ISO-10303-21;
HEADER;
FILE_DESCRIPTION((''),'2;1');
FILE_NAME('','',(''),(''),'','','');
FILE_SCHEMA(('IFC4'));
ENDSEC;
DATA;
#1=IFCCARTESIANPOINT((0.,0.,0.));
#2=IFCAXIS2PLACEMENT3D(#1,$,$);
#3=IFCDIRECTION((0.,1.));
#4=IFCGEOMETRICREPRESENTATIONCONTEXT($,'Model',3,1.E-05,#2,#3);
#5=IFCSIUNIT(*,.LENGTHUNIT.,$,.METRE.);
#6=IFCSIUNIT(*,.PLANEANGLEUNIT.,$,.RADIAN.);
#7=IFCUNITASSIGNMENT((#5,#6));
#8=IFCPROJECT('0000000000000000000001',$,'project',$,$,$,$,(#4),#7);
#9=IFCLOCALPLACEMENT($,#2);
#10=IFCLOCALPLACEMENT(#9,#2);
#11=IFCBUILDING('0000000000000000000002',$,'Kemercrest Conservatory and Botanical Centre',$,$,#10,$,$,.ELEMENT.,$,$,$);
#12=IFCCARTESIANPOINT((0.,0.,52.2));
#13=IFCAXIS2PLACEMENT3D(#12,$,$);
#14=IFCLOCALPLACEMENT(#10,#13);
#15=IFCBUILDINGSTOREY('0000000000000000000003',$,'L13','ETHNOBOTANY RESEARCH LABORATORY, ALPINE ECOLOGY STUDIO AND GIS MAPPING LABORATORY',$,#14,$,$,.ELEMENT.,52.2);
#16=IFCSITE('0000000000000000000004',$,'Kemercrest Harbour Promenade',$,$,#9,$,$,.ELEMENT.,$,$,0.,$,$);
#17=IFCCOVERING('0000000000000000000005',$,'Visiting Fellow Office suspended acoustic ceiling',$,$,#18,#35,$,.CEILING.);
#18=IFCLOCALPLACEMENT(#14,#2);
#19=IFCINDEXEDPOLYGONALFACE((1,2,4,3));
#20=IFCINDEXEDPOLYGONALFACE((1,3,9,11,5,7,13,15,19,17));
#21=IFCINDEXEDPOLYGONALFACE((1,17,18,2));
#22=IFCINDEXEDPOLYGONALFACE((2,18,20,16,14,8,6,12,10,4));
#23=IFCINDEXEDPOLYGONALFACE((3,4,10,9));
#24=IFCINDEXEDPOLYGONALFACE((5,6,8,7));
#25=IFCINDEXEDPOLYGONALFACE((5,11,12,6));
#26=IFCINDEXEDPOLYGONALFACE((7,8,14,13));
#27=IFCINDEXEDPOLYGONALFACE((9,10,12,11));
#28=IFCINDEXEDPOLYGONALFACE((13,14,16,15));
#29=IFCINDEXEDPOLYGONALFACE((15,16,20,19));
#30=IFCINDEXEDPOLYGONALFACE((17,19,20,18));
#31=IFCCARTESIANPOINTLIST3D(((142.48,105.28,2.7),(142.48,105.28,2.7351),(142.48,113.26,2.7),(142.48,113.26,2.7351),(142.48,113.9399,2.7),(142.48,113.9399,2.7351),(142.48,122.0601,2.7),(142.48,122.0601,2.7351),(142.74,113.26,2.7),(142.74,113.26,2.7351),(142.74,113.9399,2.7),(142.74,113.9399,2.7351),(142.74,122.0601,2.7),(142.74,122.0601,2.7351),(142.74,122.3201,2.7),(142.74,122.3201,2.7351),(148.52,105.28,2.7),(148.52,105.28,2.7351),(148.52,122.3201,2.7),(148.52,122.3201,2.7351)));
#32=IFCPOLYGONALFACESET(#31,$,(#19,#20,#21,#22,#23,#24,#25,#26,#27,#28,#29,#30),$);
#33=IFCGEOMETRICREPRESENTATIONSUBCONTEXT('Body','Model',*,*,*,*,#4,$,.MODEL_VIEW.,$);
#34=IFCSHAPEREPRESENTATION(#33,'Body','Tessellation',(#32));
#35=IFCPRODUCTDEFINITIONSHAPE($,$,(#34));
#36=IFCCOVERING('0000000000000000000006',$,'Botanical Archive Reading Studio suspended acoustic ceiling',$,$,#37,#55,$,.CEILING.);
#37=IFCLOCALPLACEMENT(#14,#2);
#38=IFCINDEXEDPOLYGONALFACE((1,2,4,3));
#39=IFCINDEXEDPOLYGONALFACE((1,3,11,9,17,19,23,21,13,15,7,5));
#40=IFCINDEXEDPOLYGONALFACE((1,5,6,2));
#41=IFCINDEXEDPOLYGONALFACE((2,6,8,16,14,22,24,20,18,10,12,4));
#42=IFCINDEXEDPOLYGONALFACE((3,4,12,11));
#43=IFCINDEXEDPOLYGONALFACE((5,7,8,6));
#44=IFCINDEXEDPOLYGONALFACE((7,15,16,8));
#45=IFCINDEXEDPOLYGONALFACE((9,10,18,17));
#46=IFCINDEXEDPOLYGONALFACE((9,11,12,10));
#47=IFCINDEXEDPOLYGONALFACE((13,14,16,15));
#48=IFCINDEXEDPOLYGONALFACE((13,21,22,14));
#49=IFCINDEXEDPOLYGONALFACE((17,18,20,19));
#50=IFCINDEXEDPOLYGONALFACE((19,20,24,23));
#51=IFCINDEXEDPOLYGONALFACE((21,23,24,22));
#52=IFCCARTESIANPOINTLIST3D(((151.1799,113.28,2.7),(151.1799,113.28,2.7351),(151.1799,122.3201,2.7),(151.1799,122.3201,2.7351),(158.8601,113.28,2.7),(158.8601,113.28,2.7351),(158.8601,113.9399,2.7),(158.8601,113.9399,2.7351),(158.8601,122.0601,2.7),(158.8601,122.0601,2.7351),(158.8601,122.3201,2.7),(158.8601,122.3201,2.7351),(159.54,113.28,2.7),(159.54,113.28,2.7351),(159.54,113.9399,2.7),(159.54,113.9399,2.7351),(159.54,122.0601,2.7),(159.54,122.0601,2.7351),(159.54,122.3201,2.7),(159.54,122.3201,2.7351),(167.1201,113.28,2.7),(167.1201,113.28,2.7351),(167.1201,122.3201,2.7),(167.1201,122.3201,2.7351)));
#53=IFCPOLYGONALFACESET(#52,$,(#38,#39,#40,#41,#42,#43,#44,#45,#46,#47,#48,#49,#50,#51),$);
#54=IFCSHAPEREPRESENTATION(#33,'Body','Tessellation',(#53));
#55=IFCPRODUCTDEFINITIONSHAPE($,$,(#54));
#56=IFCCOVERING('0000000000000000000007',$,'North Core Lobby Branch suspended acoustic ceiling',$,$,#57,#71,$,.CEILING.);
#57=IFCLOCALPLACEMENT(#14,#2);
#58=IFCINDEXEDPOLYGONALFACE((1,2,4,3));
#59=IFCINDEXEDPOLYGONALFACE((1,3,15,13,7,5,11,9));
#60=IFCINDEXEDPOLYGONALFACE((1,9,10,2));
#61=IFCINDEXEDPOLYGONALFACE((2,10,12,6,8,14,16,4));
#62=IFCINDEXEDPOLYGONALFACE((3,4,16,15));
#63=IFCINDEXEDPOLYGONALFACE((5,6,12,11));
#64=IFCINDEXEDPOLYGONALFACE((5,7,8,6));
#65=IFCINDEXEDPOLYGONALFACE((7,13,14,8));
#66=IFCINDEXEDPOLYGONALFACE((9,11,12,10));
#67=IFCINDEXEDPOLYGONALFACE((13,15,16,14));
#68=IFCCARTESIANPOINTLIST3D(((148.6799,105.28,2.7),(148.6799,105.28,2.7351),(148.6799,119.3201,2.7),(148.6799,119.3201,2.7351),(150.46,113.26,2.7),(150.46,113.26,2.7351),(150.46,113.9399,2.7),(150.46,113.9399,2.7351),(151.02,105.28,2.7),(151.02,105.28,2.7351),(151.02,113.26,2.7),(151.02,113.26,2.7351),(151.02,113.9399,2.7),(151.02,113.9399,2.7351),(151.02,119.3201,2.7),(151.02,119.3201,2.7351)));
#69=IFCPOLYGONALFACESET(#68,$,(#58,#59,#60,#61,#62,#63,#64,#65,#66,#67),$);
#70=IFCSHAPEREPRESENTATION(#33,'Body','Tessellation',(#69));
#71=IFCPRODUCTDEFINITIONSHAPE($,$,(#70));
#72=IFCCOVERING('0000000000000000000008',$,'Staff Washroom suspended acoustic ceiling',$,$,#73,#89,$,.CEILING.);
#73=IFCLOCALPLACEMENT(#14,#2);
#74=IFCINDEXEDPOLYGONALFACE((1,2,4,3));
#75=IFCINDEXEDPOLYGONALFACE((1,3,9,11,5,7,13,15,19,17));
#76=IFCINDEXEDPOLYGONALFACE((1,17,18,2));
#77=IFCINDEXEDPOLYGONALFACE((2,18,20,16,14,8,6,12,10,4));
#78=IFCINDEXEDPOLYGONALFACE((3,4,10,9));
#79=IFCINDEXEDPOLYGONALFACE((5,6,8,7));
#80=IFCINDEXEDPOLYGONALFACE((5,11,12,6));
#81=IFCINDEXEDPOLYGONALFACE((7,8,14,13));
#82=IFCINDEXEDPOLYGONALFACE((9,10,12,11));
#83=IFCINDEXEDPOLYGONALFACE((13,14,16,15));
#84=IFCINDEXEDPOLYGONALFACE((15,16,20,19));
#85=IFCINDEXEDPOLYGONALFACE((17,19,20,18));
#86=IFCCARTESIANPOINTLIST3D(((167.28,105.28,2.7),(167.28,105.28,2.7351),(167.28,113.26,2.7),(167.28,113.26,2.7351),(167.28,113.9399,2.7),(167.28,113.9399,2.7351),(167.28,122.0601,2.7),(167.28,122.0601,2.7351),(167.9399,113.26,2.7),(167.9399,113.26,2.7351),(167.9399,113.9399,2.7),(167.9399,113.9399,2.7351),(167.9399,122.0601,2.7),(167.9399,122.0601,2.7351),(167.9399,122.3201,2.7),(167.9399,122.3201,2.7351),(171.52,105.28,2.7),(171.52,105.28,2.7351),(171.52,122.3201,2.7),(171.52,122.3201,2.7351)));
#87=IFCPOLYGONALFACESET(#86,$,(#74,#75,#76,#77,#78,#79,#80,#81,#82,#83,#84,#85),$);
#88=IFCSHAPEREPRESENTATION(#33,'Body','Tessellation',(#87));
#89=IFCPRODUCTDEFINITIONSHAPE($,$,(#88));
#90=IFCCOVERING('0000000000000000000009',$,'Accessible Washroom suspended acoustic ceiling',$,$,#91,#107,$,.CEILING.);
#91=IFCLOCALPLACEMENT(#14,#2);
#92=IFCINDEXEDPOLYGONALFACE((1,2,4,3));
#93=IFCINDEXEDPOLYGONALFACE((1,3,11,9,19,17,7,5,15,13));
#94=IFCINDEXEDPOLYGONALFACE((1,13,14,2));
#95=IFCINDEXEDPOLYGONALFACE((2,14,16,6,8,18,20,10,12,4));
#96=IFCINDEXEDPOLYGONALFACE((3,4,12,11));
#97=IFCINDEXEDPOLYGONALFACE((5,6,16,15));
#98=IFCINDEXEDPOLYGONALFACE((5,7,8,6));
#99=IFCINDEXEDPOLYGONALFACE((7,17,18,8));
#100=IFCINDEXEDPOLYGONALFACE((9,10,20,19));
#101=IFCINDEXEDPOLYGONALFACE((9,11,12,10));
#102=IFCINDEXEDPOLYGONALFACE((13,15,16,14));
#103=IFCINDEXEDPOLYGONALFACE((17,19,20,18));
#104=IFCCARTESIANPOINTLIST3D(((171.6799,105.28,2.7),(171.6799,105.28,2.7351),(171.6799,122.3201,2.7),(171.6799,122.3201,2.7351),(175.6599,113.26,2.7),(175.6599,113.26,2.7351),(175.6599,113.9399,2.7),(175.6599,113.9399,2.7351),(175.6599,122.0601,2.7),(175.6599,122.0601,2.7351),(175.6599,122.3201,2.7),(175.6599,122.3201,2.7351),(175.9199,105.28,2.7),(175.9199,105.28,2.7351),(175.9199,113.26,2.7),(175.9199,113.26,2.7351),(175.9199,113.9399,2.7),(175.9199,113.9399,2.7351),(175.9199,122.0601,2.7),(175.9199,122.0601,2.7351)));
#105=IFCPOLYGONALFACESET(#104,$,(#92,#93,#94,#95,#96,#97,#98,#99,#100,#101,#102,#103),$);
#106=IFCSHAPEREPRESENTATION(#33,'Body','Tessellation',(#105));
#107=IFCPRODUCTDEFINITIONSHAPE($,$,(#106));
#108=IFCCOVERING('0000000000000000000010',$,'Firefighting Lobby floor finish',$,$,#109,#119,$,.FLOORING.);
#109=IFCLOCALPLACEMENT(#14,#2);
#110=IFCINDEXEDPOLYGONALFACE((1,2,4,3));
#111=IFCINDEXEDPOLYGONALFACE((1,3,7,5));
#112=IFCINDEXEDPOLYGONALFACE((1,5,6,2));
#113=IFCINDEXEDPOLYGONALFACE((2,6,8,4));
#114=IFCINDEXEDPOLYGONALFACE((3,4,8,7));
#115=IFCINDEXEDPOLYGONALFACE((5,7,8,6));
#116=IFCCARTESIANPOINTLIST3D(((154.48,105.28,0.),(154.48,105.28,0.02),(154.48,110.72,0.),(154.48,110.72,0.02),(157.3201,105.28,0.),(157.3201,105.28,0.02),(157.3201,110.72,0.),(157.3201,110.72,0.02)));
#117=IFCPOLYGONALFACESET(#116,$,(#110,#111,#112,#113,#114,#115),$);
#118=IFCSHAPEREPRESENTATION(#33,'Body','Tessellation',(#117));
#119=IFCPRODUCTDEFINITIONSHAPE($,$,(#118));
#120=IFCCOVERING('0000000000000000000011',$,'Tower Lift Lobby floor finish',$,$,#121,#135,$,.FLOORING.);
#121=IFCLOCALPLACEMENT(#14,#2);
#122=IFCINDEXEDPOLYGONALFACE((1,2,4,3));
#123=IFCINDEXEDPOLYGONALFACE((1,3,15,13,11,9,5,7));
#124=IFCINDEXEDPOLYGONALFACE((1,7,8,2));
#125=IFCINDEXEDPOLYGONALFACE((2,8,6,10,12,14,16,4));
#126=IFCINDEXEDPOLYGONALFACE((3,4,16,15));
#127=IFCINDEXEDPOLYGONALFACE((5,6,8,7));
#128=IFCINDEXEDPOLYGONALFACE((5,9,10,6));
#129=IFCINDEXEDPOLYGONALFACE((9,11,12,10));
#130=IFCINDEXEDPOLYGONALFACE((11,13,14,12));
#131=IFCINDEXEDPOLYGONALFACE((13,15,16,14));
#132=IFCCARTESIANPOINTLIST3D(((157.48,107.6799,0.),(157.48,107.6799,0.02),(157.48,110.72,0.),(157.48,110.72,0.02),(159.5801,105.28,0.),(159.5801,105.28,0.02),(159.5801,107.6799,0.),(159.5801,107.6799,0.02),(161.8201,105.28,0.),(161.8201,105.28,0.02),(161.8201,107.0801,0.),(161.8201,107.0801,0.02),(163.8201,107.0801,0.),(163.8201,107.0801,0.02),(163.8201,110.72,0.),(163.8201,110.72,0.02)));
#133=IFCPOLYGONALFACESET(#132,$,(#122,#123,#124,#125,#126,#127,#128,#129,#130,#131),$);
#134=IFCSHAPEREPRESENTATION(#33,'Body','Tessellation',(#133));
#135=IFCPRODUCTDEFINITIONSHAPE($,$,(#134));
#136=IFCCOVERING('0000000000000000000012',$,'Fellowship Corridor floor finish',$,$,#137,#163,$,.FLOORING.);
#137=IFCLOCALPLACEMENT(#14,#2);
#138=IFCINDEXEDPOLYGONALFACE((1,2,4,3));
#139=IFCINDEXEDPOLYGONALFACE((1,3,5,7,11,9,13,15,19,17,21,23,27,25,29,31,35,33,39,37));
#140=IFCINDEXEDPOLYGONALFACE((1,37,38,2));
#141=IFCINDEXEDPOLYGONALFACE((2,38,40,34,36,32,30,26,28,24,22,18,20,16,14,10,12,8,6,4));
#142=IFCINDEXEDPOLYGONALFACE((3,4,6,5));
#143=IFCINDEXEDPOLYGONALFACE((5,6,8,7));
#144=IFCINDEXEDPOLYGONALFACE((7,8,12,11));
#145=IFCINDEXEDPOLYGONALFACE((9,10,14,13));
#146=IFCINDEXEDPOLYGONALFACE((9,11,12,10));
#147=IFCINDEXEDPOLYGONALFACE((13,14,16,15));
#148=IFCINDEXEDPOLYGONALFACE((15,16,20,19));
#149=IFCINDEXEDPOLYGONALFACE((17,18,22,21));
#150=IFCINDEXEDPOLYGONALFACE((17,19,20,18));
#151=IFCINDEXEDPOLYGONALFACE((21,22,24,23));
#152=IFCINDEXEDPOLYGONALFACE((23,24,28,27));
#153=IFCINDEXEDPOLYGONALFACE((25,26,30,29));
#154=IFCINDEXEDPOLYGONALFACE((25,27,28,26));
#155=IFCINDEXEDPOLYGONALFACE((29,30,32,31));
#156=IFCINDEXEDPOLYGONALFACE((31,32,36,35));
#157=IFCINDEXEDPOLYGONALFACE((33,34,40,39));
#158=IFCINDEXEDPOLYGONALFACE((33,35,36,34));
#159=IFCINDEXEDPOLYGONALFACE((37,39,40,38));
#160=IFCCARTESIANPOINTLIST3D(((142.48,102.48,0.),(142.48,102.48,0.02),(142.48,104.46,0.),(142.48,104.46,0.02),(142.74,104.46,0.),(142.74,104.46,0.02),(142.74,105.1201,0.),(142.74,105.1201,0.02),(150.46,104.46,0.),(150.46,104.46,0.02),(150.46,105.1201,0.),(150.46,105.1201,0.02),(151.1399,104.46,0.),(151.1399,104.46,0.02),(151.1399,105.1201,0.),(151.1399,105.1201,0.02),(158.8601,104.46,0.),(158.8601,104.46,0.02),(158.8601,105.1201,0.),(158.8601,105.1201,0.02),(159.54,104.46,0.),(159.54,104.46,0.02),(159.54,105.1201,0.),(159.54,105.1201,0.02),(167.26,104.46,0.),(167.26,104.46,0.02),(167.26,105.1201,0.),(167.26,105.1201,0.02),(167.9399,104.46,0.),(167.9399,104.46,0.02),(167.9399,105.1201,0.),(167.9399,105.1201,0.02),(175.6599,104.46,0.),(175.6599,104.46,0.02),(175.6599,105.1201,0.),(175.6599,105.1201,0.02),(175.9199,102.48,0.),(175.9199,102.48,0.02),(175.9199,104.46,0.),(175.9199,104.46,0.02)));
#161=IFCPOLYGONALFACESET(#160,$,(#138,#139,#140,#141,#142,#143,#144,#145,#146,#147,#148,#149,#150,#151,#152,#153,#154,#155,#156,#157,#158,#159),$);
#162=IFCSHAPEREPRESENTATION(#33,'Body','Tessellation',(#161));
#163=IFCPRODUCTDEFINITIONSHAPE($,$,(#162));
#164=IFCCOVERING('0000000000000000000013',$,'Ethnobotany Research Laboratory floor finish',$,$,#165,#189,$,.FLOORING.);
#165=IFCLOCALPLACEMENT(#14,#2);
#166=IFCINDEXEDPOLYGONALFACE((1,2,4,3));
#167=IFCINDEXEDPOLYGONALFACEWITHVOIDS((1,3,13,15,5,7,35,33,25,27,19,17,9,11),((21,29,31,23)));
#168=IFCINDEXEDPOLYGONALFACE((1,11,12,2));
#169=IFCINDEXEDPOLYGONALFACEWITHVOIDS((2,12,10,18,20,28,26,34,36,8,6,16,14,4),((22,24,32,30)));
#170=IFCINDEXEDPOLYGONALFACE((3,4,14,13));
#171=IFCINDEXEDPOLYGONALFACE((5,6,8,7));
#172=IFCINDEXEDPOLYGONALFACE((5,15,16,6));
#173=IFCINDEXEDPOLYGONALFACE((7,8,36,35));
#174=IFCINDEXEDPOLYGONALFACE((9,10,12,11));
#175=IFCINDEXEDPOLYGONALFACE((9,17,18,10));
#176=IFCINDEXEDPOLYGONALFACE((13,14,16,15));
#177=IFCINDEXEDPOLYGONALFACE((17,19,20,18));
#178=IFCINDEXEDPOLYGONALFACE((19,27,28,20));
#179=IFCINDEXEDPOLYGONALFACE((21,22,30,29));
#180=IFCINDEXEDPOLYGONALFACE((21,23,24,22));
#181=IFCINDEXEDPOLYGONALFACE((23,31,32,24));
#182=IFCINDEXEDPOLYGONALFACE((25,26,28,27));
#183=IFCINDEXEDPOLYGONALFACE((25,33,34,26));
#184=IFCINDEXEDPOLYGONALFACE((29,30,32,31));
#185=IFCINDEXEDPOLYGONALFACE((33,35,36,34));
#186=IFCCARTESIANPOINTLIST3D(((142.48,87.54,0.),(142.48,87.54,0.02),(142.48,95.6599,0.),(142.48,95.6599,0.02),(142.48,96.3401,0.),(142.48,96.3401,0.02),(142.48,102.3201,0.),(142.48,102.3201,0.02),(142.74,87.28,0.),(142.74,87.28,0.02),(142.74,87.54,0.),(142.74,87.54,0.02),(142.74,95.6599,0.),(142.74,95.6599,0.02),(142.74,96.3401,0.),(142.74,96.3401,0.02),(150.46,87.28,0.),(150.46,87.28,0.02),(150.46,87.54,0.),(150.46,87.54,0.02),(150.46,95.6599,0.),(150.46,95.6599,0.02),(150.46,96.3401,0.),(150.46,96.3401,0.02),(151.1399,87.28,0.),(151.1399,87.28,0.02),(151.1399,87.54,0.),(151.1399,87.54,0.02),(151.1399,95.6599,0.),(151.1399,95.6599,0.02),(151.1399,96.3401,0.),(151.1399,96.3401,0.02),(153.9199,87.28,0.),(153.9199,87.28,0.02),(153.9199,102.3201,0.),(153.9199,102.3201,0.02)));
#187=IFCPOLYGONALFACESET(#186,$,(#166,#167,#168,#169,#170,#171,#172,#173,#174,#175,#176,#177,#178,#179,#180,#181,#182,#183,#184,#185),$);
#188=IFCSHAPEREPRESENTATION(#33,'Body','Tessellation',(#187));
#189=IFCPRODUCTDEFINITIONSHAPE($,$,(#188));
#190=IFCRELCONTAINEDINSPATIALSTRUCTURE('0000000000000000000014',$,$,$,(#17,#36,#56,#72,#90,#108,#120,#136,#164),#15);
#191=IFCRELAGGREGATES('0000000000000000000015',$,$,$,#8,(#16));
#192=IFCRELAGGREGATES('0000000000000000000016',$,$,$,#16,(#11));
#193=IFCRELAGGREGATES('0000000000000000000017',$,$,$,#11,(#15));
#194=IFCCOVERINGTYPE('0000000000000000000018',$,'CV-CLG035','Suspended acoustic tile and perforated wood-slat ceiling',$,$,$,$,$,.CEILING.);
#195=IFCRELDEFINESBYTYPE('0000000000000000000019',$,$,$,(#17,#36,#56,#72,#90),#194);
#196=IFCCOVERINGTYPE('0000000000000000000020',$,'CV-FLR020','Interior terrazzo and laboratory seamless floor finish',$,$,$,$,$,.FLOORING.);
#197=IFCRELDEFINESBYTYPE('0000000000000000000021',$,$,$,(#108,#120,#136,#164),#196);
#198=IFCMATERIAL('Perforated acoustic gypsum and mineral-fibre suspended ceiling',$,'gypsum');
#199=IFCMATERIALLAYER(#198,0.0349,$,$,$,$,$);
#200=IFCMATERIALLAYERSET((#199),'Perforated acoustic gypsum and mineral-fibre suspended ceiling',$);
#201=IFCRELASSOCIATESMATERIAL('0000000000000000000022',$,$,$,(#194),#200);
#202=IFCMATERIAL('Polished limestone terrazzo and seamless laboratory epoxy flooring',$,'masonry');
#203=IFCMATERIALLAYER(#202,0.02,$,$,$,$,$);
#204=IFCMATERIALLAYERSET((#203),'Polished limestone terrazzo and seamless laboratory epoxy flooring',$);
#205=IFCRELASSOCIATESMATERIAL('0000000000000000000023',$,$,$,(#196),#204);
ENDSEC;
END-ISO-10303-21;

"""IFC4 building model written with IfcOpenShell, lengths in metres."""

from ifc_helpers import new_model, si_unit, direction, frame, origin, place, context, subcontext, project, spatial, polyline, outline, extrude, material, layer, layer_set, type_object, element, save


model = new_model("IFC4")

# Units and contexts
model_context = context("Model", 3, precision=1e-05, world=origin(), true_north=direction((0.0, 1.0)))
body_context = subcontext(model_context, "Body", "Model", "MODEL_VIEW")
ifc_project = project(units=[si_unit("LENGTHUNIT", "METRE"), si_unit("PLANEANGLEUNIT", "RADIAN")], contexts=[model_context])

# Site, building, storey
site_placement = place(None, origin())
site = spatial("IfcSite", under=ifc_project, at=site_placement, Name="Kemercrest Harbour Promenade", CompositionType="ELEMENT", RefElevation=0.0)
building_placement = place(site_placement, origin())
building = spatial("IfcBuilding", under=site, at=building_placement, Name="Kemercrest Conservatory and Botanical Centre", CompositionType="ELEMENT")
storey_placement = place(building_placement, frame((0.0, 0.0, 52.2)))
storey = spatial("IfcBuildingStorey", under=building, at=storey_placement, Name="L13", Description="ETHNOBOTANY RESEARCH LABORATORY, ALPINE ECOLOGY STUDIO AND GIS MAPPING LABORATORY", CompositionType="ELEMENT", Elevation=52.2)

# Coverings
ifc_material_1 = material(Name="Perforated acoustic gypsum and mineral-fibre suspended ceiling", Category="gypsum")
ifc_layer_1 = layer(ifc_material_1, 0.0349)
ifc_layer_set_1 = layer_set([ifc_layer_1], Name="Perforated acoustic gypsum and mineral-fibre suspended ceiling")
covering_type_1 = type_object("IfcCoveringType", Name="CV-CLG035", Description="Suspended acoustic tile and perforated wood-slat ceiling", PredefinedType="CEILING", material=ifc_layer_set_1)
covering_1_placement = place(storey_placement, frame((0.0, 0.0, 2.7)))
element("IfcCovering", 1, at=covering_1_placement, inside=storey, type_object=covering_type_1, Name="Visiting Fellow Office suspended acoustic ceiling", PredefinedType="CEILING", context=body_context, shape_type="SweptSolid", body=[
    extrude(outline(polyline([(142.48, 105.28), (148.52, 105.28), (148.52, 122.3201), (142.74, 122.3201), (142.74, 122.0601), (142.48, 122.0601), (142.48, 113.9399), (142.74, 113.9399), (142.74, 113.26), (142.48, 113.26), (142.48, 105.28)])), origin(), (0.0, 0.0, 1.0), 0.0352),
])
covering_2_placement = place(storey_placement, frame((0.0, 0.0, 2.7)))
element("IfcCovering", 2, at=covering_2_placement, inside=storey, type_object=covering_type_1, Name="Botanical Archive Reading Studio suspended acoustic ceiling", PredefinedType="CEILING", context=body_context, shape_type="SweptSolid", body=[
    extrude(outline(polyline([(159.54, 113.28), (167.1201, 113.28), (167.1201, 122.3201), (159.54, 122.3201), (159.54, 122.0601), (158.8601, 122.0601), (158.8601, 122.3201), (151.1799, 122.3201), (151.1799, 113.28), (158.8601, 113.28), (158.8601, 113.9399), (159.54, 113.9399), (159.54, 113.28)])), origin(), (0.0, 0.0, 1.0), 0.0352),
])
covering_3_placement = place(storey_placement, frame((0.0, 0.0, 2.7)))
element("IfcCovering", 3, at=covering_3_placement, inside=storey, type_object=covering_type_1, Name="North Core Lobby Branch suspended acoustic ceiling", PredefinedType="CEILING", context=body_context, shape_type="SweptSolid", body=[
    extrude(outline(polyline([(148.6799, 105.28), (151.02, 105.28), (151.02, 113.26), (150.46, 113.26), (150.46, 113.9399), (151.02, 113.9399), (151.02, 119.3201), (148.6799, 119.3201), (148.6799, 105.28)])), origin(), (0.0, 0.0, 1.0), 0.0352),
])
covering_4_placement = place(storey_placement, frame((0.0, 0.0, 2.7)))
element("IfcCovering", 4, at=covering_4_placement, inside=storey, type_object=covering_type_1, Name="Staff Washroom suspended acoustic ceiling", PredefinedType="CEILING", context=body_context, shape_type="SweptSolid", body=[
    extrude(outline(polyline([(167.28, 105.28), (171.52, 105.28), (171.52, 122.3201), (167.9399, 122.3201), (167.9399, 122.0601), (167.28, 122.0601), (167.28, 113.9399), (167.9399, 113.9399), (167.9399, 113.26), (167.28, 113.26), (167.28, 105.28)])), origin(), (0.0, 0.0, 1.0), 0.0352),
])
covering_5_placement = place(storey_placement, frame((0.0, 0.0, 2.7)))
element("IfcCovering", 5, at=covering_5_placement, inside=storey, type_object=covering_type_1, Name="Accessible Washroom suspended acoustic ceiling", PredefinedType="CEILING", context=body_context, shape_type="SweptSolid", body=[
    extrude(outline(polyline([(171.6799, 105.28), (175.9199, 105.28), (175.9199, 113.26), (175.6599, 113.26), (175.6599, 113.9399), (175.9199, 113.9399), (175.9199, 122.0601), (175.6599, 122.0601), (175.6599, 122.3201), (171.6799, 122.3201), (171.6799, 105.28)])), origin(), (0.0, 0.0, 1.0), 0.0352),
])
ifc_material_2 = material(Name="Polished limestone terrazzo and seamless laboratory epoxy flooring", Category="masonry")
ifc_layer_2 = layer(ifc_material_2, 0.02)
ifc_layer_set_2 = layer_set([ifc_layer_2], Name="Polished limestone terrazzo and seamless laboratory epoxy flooring")
covering_type_2 = type_object("IfcCoveringType", Name="CV-FLR020", Description="Interior terrazzo and laboratory seamless floor finish", PredefinedType="FLOORING", material=ifc_layer_set_2)
covering_6_placement = place(storey_placement, origin())
element("IfcCovering", 6, at=covering_6_placement, inside=storey, type_object=covering_type_2, Name="Firefighting Lobby floor finish", PredefinedType="FLOORING", context=body_context, shape_type="SweptSolid", body=[
    extrude(outline(polyline([(154.48, 105.28), (157.3201, 105.28), (157.3201, 110.72), (154.48, 110.72), (154.48, 105.28)])), origin(), (0.0, 0.0, 1.0), 0.02),
])
covering_7_placement = place(storey_placement, origin())
element("IfcCovering", 7, at=covering_7_placement, inside=storey, type_object=covering_type_2, Name="Tower Lift Lobby floor finish", PredefinedType="FLOORING", context=body_context, shape_type="SweptSolid", body=[
    extrude(outline(polyline([(159.5801, 107.6799), (159.5801, 105.28), (161.8201, 105.28), (161.8201, 107.0801), (163.8201, 107.0801), (163.8201, 110.72), (157.48, 110.72), (157.48, 107.6799), (159.5801, 107.6799)])), origin(), (0.0, 0.0, 1.0), 0.02),
])
covering_8_placement = place(storey_placement, origin())
element("IfcCovering", 8, at=covering_8_placement, inside=storey, type_object=covering_type_2, Name="Fellowship Corridor floor finish", PredefinedType="FLOORING", context=body_context, shape_type="SweptSolid", body=[
    extrude(outline(polyline([(142.48, 102.48), (175.9199, 102.48), (175.9199, 104.46), (175.6599, 104.46), (175.6599, 105.1201), (167.9399, 105.1201), (167.9399, 104.46), (167.26, 104.46), (167.26, 105.1201), (159.54, 105.1201), (159.54, 104.46), (158.8601, 104.46), (158.8601, 105.1201), (151.1399, 105.1201), (151.1399, 104.46), (150.46, 104.46), (150.46, 105.1201), (142.74, 105.1201), (142.74, 104.46), (142.48, 104.46), (142.48, 102.48)])), origin(), (0.0, 0.0, 1.0), 0.02),
])
covering_9_placement = place(storey_placement, origin())
element("IfcCovering", 9, at=covering_9_placement, inside=storey, type_object=covering_type_2, Name="Ethnobotany Research Laboratory floor finish", PredefinedType="FLOORING", context=body_context, shape_type="SweptSolid", body=[
    extrude(outline(polyline([(150.46, 87.54), (151.1399, 87.54), (151.1399, 87.28), (153.9199, 87.28), (153.9199, 102.3201), (142.48, 102.3201), (142.48, 96.3401), (142.74, 96.3401), (142.74, 95.6599), (142.48, 95.6599), (142.48, 87.54), (142.74, 87.54), (142.74, 87.28), (150.46, 87.28), (150.46, 87.54)]), holes=[polyline([(150.46, 95.6599), (150.46, 96.3401), (151.1399, 96.3401), (151.1399, 95.6599), (150.46, 95.6599)])]), origin(), (0.0, 0.0, 1.0), 0.02),
])

save(model, "model.ifc")
